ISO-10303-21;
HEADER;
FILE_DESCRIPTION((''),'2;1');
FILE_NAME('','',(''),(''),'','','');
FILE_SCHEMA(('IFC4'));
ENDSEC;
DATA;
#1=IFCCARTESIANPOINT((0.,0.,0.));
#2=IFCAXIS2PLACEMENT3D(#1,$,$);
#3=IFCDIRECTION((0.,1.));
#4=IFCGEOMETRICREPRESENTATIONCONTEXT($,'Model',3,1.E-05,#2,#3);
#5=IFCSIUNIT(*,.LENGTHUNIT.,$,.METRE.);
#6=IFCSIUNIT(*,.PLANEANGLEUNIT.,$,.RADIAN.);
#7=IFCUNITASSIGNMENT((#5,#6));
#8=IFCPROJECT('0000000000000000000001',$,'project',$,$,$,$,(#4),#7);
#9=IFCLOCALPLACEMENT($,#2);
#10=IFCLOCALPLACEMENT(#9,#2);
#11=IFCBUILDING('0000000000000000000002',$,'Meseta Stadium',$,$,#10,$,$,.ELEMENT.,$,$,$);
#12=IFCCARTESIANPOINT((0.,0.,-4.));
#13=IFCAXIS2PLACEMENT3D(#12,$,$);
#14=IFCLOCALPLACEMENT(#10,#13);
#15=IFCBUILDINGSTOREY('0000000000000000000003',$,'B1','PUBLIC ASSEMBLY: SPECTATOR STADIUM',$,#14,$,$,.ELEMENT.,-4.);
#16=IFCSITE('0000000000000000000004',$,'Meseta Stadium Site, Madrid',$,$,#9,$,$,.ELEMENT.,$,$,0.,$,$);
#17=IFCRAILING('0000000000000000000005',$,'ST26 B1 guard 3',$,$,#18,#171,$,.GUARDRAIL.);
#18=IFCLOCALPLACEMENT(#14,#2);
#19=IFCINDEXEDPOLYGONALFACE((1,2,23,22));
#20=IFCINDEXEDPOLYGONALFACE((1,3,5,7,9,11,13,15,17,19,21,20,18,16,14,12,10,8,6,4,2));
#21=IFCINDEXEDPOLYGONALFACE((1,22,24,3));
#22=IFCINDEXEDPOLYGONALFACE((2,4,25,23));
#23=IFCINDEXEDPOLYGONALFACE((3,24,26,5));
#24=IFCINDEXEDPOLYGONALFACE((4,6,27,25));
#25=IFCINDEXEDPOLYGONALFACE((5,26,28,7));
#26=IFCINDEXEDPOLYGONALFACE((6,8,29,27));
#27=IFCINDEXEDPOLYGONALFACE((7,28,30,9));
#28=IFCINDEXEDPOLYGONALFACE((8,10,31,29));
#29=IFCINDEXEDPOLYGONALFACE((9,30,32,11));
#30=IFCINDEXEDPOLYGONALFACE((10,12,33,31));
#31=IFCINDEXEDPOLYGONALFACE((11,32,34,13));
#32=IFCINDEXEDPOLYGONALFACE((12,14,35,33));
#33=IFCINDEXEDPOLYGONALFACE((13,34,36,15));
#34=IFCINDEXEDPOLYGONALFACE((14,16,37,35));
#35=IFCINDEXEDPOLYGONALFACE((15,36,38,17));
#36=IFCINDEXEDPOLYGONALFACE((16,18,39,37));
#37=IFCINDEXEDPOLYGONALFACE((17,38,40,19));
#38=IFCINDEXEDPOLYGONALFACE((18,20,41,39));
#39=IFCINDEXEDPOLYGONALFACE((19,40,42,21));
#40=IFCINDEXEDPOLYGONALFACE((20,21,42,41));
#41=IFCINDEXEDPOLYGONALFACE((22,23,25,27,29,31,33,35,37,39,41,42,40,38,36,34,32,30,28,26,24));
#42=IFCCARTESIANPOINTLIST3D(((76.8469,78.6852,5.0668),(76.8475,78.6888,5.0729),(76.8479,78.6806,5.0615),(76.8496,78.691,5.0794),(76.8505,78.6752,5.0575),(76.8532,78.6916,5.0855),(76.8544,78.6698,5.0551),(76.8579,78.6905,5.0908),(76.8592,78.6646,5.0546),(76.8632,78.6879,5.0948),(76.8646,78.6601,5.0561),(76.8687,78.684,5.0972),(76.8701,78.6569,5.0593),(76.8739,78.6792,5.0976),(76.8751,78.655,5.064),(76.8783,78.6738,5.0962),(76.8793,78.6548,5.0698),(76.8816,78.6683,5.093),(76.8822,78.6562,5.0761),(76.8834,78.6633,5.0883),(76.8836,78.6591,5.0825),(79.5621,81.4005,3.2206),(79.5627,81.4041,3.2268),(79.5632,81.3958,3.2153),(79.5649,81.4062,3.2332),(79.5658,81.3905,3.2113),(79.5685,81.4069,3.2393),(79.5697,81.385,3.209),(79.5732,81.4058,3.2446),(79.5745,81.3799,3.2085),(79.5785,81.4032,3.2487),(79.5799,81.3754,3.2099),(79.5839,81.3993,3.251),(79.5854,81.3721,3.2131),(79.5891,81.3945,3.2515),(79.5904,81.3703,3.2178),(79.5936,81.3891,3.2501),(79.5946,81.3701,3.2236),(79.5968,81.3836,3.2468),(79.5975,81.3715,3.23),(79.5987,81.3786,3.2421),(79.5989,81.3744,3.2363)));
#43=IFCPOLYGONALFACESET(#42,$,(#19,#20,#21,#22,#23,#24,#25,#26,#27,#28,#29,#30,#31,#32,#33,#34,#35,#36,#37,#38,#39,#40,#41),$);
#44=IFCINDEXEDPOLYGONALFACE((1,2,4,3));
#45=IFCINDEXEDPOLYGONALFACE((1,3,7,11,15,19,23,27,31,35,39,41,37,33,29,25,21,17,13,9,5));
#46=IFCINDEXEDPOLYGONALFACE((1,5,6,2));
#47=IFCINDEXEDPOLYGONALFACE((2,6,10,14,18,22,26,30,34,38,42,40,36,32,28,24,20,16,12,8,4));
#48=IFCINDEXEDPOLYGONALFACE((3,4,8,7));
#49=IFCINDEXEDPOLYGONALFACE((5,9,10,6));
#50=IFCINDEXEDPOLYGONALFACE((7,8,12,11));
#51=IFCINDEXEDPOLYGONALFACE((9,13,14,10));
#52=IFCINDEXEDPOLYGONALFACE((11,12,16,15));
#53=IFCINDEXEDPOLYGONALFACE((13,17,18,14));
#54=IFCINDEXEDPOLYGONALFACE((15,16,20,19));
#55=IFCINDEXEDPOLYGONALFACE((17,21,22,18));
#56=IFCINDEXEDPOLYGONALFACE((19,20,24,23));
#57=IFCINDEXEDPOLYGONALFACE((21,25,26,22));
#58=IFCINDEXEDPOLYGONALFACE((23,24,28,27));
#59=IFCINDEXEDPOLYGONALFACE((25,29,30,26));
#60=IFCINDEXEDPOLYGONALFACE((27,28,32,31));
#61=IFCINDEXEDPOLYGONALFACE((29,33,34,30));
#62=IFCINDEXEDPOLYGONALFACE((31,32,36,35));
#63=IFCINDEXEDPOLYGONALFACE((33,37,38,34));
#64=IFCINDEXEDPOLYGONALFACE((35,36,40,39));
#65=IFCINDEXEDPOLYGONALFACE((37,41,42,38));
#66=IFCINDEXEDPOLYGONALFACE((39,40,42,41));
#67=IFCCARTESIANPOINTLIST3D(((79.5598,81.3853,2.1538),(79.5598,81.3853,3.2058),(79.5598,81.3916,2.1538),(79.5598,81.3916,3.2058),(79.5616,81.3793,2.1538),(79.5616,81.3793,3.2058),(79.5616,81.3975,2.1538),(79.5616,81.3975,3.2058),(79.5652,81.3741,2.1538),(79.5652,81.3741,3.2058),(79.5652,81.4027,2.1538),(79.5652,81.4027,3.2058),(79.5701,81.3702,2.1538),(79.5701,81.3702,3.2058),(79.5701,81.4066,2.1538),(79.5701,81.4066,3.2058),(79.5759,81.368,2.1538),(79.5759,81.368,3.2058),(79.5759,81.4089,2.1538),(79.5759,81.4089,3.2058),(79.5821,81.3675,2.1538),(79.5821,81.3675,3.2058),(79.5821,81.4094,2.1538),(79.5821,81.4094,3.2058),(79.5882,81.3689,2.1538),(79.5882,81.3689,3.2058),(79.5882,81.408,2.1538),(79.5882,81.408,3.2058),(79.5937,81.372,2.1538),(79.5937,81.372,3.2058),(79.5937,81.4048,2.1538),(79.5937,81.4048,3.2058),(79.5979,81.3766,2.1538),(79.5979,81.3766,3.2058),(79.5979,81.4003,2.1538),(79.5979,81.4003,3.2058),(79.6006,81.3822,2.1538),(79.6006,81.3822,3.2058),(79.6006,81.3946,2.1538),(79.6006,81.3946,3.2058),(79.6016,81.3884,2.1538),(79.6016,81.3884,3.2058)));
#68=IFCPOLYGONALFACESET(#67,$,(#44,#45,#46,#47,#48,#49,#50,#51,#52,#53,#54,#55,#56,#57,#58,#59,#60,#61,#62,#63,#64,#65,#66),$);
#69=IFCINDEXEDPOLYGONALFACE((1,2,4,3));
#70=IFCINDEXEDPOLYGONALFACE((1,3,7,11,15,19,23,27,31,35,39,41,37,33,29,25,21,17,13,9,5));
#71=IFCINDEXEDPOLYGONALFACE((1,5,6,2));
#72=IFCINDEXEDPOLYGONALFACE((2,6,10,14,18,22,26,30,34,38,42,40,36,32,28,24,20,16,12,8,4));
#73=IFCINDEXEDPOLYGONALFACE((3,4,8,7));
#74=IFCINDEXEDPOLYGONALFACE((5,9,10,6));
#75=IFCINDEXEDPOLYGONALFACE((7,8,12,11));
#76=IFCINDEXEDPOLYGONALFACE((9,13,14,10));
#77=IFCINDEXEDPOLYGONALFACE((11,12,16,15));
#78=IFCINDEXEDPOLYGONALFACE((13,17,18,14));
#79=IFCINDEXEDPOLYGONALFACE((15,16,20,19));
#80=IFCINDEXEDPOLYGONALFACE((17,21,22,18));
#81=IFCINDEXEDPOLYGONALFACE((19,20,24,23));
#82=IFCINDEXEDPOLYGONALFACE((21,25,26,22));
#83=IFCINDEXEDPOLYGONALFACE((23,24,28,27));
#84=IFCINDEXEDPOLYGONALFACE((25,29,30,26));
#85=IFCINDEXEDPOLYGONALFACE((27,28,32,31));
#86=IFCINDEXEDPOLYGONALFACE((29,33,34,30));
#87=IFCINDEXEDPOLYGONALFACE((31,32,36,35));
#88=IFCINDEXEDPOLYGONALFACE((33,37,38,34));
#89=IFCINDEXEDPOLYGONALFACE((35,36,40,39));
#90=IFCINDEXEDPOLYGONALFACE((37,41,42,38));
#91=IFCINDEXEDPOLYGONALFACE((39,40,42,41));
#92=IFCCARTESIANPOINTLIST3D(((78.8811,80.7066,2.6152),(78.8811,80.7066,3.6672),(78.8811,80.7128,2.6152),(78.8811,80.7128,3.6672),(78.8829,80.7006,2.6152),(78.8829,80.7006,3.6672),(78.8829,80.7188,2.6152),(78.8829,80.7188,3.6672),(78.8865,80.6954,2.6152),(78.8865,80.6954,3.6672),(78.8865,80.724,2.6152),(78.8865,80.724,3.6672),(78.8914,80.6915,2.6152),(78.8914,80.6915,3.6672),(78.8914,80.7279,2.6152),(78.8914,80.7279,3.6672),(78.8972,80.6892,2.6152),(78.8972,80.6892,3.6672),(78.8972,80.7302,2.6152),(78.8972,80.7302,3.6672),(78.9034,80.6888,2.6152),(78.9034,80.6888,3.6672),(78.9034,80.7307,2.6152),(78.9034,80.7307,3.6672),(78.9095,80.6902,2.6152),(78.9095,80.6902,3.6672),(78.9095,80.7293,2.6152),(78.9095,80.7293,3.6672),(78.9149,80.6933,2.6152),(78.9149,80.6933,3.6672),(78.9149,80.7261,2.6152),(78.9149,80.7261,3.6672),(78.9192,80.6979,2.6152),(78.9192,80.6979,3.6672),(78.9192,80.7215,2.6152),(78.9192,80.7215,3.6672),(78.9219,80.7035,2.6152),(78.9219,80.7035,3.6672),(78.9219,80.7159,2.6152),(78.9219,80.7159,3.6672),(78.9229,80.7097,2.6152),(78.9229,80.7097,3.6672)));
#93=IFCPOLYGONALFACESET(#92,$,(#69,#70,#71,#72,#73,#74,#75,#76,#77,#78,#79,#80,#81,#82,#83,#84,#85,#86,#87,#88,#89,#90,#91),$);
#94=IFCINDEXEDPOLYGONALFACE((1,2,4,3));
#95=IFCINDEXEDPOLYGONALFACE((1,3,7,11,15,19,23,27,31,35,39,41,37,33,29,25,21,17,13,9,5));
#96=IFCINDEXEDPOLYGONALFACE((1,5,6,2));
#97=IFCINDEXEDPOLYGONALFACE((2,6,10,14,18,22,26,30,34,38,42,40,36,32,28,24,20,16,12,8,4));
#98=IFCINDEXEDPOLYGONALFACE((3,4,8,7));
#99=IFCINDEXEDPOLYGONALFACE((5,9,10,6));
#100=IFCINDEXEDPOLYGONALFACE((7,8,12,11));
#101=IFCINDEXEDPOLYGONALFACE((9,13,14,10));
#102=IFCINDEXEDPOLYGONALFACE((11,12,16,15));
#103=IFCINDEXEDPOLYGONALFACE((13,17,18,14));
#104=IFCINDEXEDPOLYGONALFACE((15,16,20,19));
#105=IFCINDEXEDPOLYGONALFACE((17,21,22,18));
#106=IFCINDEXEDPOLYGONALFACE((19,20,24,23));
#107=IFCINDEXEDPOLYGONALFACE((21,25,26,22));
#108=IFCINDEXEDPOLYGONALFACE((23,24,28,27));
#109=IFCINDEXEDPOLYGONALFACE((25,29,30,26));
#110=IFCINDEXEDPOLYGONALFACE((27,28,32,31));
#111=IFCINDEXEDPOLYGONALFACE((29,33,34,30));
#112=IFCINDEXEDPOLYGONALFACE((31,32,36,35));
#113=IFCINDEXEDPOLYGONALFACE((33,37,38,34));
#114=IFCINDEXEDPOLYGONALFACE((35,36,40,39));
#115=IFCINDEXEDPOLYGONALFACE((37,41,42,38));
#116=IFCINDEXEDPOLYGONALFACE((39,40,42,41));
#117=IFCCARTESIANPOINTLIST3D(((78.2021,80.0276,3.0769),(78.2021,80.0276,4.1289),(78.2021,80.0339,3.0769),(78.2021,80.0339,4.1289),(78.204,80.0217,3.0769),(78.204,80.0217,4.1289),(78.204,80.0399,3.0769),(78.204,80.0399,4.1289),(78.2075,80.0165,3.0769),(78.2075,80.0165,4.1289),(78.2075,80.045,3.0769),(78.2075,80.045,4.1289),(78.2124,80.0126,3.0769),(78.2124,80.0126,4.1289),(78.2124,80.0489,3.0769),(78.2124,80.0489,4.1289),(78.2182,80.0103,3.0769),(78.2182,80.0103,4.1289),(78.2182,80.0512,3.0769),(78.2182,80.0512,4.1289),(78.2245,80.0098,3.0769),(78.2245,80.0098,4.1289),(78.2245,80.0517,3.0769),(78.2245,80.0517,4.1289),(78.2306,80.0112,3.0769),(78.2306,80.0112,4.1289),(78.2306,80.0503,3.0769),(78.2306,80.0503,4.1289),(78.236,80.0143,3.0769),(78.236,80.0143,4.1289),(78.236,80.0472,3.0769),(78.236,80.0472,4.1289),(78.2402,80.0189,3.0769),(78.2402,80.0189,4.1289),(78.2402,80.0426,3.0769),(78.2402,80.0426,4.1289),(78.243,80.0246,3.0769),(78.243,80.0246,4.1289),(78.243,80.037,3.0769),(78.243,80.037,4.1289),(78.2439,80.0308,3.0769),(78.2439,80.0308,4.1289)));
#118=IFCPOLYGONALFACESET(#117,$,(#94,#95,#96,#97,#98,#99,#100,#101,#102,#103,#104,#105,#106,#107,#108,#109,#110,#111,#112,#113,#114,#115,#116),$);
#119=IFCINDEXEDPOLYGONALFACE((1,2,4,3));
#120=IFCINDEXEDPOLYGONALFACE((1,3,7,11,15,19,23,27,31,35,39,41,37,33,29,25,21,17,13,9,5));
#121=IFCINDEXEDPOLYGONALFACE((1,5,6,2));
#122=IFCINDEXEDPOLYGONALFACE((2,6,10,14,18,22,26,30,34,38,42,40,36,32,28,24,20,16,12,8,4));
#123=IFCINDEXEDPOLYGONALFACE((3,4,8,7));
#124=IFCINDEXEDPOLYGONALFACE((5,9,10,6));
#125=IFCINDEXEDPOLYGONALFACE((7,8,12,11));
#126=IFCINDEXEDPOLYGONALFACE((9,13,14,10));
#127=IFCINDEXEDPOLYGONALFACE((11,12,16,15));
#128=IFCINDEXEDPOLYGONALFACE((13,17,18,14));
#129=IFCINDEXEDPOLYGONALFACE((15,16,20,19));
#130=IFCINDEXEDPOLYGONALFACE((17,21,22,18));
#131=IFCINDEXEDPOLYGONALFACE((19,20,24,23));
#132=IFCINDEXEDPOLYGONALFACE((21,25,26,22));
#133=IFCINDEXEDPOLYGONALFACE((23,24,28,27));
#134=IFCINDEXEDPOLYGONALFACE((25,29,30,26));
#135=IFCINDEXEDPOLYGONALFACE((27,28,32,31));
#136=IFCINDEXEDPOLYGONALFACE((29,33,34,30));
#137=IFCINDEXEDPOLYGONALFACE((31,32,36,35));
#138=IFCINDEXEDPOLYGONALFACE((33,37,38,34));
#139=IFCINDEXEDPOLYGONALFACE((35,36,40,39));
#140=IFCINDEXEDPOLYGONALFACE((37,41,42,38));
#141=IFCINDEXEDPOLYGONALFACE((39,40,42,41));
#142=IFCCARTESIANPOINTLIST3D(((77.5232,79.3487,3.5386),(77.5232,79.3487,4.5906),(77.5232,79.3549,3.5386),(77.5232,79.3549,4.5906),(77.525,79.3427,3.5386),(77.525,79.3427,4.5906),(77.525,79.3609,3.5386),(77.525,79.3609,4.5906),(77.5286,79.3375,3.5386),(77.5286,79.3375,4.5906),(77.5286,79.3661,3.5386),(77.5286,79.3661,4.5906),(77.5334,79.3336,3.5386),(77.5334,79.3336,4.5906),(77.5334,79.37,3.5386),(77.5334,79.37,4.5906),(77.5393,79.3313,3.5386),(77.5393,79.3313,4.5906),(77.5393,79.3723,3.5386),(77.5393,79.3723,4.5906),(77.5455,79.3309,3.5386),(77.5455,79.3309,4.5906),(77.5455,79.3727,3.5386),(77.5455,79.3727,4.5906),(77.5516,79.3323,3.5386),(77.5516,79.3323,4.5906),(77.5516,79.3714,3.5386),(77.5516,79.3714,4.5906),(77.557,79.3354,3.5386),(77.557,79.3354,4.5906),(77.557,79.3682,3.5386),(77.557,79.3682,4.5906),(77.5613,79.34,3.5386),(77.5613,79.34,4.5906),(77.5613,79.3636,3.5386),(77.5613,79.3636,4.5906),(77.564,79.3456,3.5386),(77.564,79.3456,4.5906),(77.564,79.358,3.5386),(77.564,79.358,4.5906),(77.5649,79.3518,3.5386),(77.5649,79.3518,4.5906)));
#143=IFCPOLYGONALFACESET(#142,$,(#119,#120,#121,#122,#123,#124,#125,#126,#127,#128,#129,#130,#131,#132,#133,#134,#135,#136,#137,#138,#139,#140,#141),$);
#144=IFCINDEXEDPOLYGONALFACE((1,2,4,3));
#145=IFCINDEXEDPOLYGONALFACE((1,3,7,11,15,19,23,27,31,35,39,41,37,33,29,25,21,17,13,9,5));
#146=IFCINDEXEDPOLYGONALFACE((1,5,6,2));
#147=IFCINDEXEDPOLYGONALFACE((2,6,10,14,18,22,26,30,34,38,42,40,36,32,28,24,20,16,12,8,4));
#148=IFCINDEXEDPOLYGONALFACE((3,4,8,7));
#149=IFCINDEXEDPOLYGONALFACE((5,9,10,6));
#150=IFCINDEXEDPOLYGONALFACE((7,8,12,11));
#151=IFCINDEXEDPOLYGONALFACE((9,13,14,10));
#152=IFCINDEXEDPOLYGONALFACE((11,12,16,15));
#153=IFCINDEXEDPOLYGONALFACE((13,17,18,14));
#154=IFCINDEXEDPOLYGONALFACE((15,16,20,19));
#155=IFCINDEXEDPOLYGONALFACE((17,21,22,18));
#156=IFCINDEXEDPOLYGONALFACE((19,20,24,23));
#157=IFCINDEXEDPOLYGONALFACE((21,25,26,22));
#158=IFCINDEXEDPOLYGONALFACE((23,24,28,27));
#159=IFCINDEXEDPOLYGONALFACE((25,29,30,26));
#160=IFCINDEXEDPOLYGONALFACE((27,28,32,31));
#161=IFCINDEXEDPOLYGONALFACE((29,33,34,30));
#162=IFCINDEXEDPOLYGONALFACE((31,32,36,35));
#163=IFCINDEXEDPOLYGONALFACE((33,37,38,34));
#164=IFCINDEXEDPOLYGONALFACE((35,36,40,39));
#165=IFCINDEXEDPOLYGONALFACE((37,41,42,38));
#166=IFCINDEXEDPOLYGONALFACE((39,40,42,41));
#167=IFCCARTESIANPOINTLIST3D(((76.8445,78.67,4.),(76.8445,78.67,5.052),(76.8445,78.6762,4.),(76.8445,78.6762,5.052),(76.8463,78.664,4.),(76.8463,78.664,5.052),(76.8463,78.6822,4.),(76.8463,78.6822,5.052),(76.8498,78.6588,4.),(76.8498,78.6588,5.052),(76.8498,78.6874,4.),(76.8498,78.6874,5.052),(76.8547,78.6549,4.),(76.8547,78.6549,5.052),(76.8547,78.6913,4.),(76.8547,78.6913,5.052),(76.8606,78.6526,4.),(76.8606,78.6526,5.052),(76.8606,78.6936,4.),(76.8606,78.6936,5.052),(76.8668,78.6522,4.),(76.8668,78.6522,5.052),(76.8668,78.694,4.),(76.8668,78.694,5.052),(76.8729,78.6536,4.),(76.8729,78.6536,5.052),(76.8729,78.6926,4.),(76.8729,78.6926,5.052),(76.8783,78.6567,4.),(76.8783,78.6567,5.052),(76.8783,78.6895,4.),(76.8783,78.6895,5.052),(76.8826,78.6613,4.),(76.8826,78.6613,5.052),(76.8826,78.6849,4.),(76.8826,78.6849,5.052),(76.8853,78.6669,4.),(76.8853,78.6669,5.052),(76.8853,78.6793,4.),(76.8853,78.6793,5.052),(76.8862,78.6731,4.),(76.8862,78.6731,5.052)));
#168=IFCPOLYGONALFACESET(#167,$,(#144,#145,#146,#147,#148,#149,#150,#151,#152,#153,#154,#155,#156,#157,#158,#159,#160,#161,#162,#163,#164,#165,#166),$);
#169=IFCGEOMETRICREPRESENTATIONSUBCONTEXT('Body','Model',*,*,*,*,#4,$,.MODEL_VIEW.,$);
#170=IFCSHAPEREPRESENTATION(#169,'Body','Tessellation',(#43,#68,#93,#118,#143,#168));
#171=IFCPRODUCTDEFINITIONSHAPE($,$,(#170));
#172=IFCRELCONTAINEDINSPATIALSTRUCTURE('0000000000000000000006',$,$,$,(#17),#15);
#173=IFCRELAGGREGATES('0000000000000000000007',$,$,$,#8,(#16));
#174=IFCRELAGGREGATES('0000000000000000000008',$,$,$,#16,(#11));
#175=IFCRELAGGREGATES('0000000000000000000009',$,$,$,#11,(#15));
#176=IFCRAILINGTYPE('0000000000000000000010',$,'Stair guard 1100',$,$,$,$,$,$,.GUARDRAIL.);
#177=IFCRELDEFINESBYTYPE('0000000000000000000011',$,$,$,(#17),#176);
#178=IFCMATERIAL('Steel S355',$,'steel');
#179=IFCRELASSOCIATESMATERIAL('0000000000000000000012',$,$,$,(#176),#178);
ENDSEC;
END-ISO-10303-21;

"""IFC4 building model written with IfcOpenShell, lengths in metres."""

from ifc_helpers import new_model, si_unit, direction, frame, origin, origin_2d, place, context, subcontext, project, spatial, circle, extrude, material, type_object, element, save


model = new_model("IFC4")

# Units and contexts
model_context = context("Model", 3, precision=1e-05, world=origin(), true_north=direction((0.0, 1.0)))
body_context = subcontext(model_context, "Body", "Model", "MODEL_VIEW")
ifc_project = project(units=[si_unit("LENGTHUNIT", "METRE"), si_unit("PLANEANGLEUNIT", "RADIAN")], contexts=[model_context])

# Site, building, storey
site_placement = place(None, origin())
site = spatial("IfcSite", under=ifc_project, at=site_placement, Name="Meseta Stadium Site, Madrid", CompositionType="ELEMENT", RefElevation=0.0)
building_placement = place(site_placement, origin())
building = spatial("IfcBuilding", under=site, at=building_placement, Name="Meseta Stadium", CompositionType="ELEMENT")
storey_placement = place(building_placement, frame((0.0, 0.0, -4.0)))
storey = spatial("IfcBuildingStorey", under=building, at=storey_placement, Name="B1", Description="PUBLIC ASSEMBLY: SPECTATOR STADIUM", CompositionType="ELEMENT", Elevation=-4.0)

# Railing
ifc_material_1 = material(Name="Steel S355", Category="steel")
railing_type_1 = type_object("IfcRailingType", Name="Stair guard 1100", PredefinedType="GUARDRAIL", material=ifc_material_1)
railing_1_placement = place(storey_placement, frame((79.5806, 81.3884, 2.1538)))
element("IfcRailing", 1, at=railing_1_placement, inside=storey, type_object=railing_type_1, Name="ST26 B1 guard 3", PredefinedType="GUARDRAIL", context=body_context, shape_type="SweptSolid", body=[
    extrude(circle(Radius=0.0239, at=origin_2d()), frame((0.0, 0.0, 1.0762), z_axis=(-0.637281, -0.637281, 0.433296), x_axis=(0.707107, -0.707107, 0.0)), (0.0, 0.0, 1.0), 4.2607),
    extrude(circle(Radius=0.021, at=origin_2d()), origin(), (0.0, 0.0, 1.0), 1.052),
    extrude(circle(Radius=0.021, at=origin_2d()), frame((-0.6787, -0.6787, 0.4614)), (0.0, 0.0, 1.0), 1.052),
    extrude(circle(Radius=0.021, at=origin_2d()), frame((-1.3577, -1.3577, 0.9231)), (0.0, 0.0, 1.0), 1.052),
    extrude(circle(Radius=0.021, at=origin_2d()), frame((-2.0366, -2.0366, 1.3848)), (0.0, 0.0, 1.0), 1.052),
    extrude(circle(Radius=0.021, at=origin_2d()), frame((-2.7153, -2.7153, 1.8462)), (0.0, 0.0, 1.0), 1.052),
])

save(model, "model.ifc")
